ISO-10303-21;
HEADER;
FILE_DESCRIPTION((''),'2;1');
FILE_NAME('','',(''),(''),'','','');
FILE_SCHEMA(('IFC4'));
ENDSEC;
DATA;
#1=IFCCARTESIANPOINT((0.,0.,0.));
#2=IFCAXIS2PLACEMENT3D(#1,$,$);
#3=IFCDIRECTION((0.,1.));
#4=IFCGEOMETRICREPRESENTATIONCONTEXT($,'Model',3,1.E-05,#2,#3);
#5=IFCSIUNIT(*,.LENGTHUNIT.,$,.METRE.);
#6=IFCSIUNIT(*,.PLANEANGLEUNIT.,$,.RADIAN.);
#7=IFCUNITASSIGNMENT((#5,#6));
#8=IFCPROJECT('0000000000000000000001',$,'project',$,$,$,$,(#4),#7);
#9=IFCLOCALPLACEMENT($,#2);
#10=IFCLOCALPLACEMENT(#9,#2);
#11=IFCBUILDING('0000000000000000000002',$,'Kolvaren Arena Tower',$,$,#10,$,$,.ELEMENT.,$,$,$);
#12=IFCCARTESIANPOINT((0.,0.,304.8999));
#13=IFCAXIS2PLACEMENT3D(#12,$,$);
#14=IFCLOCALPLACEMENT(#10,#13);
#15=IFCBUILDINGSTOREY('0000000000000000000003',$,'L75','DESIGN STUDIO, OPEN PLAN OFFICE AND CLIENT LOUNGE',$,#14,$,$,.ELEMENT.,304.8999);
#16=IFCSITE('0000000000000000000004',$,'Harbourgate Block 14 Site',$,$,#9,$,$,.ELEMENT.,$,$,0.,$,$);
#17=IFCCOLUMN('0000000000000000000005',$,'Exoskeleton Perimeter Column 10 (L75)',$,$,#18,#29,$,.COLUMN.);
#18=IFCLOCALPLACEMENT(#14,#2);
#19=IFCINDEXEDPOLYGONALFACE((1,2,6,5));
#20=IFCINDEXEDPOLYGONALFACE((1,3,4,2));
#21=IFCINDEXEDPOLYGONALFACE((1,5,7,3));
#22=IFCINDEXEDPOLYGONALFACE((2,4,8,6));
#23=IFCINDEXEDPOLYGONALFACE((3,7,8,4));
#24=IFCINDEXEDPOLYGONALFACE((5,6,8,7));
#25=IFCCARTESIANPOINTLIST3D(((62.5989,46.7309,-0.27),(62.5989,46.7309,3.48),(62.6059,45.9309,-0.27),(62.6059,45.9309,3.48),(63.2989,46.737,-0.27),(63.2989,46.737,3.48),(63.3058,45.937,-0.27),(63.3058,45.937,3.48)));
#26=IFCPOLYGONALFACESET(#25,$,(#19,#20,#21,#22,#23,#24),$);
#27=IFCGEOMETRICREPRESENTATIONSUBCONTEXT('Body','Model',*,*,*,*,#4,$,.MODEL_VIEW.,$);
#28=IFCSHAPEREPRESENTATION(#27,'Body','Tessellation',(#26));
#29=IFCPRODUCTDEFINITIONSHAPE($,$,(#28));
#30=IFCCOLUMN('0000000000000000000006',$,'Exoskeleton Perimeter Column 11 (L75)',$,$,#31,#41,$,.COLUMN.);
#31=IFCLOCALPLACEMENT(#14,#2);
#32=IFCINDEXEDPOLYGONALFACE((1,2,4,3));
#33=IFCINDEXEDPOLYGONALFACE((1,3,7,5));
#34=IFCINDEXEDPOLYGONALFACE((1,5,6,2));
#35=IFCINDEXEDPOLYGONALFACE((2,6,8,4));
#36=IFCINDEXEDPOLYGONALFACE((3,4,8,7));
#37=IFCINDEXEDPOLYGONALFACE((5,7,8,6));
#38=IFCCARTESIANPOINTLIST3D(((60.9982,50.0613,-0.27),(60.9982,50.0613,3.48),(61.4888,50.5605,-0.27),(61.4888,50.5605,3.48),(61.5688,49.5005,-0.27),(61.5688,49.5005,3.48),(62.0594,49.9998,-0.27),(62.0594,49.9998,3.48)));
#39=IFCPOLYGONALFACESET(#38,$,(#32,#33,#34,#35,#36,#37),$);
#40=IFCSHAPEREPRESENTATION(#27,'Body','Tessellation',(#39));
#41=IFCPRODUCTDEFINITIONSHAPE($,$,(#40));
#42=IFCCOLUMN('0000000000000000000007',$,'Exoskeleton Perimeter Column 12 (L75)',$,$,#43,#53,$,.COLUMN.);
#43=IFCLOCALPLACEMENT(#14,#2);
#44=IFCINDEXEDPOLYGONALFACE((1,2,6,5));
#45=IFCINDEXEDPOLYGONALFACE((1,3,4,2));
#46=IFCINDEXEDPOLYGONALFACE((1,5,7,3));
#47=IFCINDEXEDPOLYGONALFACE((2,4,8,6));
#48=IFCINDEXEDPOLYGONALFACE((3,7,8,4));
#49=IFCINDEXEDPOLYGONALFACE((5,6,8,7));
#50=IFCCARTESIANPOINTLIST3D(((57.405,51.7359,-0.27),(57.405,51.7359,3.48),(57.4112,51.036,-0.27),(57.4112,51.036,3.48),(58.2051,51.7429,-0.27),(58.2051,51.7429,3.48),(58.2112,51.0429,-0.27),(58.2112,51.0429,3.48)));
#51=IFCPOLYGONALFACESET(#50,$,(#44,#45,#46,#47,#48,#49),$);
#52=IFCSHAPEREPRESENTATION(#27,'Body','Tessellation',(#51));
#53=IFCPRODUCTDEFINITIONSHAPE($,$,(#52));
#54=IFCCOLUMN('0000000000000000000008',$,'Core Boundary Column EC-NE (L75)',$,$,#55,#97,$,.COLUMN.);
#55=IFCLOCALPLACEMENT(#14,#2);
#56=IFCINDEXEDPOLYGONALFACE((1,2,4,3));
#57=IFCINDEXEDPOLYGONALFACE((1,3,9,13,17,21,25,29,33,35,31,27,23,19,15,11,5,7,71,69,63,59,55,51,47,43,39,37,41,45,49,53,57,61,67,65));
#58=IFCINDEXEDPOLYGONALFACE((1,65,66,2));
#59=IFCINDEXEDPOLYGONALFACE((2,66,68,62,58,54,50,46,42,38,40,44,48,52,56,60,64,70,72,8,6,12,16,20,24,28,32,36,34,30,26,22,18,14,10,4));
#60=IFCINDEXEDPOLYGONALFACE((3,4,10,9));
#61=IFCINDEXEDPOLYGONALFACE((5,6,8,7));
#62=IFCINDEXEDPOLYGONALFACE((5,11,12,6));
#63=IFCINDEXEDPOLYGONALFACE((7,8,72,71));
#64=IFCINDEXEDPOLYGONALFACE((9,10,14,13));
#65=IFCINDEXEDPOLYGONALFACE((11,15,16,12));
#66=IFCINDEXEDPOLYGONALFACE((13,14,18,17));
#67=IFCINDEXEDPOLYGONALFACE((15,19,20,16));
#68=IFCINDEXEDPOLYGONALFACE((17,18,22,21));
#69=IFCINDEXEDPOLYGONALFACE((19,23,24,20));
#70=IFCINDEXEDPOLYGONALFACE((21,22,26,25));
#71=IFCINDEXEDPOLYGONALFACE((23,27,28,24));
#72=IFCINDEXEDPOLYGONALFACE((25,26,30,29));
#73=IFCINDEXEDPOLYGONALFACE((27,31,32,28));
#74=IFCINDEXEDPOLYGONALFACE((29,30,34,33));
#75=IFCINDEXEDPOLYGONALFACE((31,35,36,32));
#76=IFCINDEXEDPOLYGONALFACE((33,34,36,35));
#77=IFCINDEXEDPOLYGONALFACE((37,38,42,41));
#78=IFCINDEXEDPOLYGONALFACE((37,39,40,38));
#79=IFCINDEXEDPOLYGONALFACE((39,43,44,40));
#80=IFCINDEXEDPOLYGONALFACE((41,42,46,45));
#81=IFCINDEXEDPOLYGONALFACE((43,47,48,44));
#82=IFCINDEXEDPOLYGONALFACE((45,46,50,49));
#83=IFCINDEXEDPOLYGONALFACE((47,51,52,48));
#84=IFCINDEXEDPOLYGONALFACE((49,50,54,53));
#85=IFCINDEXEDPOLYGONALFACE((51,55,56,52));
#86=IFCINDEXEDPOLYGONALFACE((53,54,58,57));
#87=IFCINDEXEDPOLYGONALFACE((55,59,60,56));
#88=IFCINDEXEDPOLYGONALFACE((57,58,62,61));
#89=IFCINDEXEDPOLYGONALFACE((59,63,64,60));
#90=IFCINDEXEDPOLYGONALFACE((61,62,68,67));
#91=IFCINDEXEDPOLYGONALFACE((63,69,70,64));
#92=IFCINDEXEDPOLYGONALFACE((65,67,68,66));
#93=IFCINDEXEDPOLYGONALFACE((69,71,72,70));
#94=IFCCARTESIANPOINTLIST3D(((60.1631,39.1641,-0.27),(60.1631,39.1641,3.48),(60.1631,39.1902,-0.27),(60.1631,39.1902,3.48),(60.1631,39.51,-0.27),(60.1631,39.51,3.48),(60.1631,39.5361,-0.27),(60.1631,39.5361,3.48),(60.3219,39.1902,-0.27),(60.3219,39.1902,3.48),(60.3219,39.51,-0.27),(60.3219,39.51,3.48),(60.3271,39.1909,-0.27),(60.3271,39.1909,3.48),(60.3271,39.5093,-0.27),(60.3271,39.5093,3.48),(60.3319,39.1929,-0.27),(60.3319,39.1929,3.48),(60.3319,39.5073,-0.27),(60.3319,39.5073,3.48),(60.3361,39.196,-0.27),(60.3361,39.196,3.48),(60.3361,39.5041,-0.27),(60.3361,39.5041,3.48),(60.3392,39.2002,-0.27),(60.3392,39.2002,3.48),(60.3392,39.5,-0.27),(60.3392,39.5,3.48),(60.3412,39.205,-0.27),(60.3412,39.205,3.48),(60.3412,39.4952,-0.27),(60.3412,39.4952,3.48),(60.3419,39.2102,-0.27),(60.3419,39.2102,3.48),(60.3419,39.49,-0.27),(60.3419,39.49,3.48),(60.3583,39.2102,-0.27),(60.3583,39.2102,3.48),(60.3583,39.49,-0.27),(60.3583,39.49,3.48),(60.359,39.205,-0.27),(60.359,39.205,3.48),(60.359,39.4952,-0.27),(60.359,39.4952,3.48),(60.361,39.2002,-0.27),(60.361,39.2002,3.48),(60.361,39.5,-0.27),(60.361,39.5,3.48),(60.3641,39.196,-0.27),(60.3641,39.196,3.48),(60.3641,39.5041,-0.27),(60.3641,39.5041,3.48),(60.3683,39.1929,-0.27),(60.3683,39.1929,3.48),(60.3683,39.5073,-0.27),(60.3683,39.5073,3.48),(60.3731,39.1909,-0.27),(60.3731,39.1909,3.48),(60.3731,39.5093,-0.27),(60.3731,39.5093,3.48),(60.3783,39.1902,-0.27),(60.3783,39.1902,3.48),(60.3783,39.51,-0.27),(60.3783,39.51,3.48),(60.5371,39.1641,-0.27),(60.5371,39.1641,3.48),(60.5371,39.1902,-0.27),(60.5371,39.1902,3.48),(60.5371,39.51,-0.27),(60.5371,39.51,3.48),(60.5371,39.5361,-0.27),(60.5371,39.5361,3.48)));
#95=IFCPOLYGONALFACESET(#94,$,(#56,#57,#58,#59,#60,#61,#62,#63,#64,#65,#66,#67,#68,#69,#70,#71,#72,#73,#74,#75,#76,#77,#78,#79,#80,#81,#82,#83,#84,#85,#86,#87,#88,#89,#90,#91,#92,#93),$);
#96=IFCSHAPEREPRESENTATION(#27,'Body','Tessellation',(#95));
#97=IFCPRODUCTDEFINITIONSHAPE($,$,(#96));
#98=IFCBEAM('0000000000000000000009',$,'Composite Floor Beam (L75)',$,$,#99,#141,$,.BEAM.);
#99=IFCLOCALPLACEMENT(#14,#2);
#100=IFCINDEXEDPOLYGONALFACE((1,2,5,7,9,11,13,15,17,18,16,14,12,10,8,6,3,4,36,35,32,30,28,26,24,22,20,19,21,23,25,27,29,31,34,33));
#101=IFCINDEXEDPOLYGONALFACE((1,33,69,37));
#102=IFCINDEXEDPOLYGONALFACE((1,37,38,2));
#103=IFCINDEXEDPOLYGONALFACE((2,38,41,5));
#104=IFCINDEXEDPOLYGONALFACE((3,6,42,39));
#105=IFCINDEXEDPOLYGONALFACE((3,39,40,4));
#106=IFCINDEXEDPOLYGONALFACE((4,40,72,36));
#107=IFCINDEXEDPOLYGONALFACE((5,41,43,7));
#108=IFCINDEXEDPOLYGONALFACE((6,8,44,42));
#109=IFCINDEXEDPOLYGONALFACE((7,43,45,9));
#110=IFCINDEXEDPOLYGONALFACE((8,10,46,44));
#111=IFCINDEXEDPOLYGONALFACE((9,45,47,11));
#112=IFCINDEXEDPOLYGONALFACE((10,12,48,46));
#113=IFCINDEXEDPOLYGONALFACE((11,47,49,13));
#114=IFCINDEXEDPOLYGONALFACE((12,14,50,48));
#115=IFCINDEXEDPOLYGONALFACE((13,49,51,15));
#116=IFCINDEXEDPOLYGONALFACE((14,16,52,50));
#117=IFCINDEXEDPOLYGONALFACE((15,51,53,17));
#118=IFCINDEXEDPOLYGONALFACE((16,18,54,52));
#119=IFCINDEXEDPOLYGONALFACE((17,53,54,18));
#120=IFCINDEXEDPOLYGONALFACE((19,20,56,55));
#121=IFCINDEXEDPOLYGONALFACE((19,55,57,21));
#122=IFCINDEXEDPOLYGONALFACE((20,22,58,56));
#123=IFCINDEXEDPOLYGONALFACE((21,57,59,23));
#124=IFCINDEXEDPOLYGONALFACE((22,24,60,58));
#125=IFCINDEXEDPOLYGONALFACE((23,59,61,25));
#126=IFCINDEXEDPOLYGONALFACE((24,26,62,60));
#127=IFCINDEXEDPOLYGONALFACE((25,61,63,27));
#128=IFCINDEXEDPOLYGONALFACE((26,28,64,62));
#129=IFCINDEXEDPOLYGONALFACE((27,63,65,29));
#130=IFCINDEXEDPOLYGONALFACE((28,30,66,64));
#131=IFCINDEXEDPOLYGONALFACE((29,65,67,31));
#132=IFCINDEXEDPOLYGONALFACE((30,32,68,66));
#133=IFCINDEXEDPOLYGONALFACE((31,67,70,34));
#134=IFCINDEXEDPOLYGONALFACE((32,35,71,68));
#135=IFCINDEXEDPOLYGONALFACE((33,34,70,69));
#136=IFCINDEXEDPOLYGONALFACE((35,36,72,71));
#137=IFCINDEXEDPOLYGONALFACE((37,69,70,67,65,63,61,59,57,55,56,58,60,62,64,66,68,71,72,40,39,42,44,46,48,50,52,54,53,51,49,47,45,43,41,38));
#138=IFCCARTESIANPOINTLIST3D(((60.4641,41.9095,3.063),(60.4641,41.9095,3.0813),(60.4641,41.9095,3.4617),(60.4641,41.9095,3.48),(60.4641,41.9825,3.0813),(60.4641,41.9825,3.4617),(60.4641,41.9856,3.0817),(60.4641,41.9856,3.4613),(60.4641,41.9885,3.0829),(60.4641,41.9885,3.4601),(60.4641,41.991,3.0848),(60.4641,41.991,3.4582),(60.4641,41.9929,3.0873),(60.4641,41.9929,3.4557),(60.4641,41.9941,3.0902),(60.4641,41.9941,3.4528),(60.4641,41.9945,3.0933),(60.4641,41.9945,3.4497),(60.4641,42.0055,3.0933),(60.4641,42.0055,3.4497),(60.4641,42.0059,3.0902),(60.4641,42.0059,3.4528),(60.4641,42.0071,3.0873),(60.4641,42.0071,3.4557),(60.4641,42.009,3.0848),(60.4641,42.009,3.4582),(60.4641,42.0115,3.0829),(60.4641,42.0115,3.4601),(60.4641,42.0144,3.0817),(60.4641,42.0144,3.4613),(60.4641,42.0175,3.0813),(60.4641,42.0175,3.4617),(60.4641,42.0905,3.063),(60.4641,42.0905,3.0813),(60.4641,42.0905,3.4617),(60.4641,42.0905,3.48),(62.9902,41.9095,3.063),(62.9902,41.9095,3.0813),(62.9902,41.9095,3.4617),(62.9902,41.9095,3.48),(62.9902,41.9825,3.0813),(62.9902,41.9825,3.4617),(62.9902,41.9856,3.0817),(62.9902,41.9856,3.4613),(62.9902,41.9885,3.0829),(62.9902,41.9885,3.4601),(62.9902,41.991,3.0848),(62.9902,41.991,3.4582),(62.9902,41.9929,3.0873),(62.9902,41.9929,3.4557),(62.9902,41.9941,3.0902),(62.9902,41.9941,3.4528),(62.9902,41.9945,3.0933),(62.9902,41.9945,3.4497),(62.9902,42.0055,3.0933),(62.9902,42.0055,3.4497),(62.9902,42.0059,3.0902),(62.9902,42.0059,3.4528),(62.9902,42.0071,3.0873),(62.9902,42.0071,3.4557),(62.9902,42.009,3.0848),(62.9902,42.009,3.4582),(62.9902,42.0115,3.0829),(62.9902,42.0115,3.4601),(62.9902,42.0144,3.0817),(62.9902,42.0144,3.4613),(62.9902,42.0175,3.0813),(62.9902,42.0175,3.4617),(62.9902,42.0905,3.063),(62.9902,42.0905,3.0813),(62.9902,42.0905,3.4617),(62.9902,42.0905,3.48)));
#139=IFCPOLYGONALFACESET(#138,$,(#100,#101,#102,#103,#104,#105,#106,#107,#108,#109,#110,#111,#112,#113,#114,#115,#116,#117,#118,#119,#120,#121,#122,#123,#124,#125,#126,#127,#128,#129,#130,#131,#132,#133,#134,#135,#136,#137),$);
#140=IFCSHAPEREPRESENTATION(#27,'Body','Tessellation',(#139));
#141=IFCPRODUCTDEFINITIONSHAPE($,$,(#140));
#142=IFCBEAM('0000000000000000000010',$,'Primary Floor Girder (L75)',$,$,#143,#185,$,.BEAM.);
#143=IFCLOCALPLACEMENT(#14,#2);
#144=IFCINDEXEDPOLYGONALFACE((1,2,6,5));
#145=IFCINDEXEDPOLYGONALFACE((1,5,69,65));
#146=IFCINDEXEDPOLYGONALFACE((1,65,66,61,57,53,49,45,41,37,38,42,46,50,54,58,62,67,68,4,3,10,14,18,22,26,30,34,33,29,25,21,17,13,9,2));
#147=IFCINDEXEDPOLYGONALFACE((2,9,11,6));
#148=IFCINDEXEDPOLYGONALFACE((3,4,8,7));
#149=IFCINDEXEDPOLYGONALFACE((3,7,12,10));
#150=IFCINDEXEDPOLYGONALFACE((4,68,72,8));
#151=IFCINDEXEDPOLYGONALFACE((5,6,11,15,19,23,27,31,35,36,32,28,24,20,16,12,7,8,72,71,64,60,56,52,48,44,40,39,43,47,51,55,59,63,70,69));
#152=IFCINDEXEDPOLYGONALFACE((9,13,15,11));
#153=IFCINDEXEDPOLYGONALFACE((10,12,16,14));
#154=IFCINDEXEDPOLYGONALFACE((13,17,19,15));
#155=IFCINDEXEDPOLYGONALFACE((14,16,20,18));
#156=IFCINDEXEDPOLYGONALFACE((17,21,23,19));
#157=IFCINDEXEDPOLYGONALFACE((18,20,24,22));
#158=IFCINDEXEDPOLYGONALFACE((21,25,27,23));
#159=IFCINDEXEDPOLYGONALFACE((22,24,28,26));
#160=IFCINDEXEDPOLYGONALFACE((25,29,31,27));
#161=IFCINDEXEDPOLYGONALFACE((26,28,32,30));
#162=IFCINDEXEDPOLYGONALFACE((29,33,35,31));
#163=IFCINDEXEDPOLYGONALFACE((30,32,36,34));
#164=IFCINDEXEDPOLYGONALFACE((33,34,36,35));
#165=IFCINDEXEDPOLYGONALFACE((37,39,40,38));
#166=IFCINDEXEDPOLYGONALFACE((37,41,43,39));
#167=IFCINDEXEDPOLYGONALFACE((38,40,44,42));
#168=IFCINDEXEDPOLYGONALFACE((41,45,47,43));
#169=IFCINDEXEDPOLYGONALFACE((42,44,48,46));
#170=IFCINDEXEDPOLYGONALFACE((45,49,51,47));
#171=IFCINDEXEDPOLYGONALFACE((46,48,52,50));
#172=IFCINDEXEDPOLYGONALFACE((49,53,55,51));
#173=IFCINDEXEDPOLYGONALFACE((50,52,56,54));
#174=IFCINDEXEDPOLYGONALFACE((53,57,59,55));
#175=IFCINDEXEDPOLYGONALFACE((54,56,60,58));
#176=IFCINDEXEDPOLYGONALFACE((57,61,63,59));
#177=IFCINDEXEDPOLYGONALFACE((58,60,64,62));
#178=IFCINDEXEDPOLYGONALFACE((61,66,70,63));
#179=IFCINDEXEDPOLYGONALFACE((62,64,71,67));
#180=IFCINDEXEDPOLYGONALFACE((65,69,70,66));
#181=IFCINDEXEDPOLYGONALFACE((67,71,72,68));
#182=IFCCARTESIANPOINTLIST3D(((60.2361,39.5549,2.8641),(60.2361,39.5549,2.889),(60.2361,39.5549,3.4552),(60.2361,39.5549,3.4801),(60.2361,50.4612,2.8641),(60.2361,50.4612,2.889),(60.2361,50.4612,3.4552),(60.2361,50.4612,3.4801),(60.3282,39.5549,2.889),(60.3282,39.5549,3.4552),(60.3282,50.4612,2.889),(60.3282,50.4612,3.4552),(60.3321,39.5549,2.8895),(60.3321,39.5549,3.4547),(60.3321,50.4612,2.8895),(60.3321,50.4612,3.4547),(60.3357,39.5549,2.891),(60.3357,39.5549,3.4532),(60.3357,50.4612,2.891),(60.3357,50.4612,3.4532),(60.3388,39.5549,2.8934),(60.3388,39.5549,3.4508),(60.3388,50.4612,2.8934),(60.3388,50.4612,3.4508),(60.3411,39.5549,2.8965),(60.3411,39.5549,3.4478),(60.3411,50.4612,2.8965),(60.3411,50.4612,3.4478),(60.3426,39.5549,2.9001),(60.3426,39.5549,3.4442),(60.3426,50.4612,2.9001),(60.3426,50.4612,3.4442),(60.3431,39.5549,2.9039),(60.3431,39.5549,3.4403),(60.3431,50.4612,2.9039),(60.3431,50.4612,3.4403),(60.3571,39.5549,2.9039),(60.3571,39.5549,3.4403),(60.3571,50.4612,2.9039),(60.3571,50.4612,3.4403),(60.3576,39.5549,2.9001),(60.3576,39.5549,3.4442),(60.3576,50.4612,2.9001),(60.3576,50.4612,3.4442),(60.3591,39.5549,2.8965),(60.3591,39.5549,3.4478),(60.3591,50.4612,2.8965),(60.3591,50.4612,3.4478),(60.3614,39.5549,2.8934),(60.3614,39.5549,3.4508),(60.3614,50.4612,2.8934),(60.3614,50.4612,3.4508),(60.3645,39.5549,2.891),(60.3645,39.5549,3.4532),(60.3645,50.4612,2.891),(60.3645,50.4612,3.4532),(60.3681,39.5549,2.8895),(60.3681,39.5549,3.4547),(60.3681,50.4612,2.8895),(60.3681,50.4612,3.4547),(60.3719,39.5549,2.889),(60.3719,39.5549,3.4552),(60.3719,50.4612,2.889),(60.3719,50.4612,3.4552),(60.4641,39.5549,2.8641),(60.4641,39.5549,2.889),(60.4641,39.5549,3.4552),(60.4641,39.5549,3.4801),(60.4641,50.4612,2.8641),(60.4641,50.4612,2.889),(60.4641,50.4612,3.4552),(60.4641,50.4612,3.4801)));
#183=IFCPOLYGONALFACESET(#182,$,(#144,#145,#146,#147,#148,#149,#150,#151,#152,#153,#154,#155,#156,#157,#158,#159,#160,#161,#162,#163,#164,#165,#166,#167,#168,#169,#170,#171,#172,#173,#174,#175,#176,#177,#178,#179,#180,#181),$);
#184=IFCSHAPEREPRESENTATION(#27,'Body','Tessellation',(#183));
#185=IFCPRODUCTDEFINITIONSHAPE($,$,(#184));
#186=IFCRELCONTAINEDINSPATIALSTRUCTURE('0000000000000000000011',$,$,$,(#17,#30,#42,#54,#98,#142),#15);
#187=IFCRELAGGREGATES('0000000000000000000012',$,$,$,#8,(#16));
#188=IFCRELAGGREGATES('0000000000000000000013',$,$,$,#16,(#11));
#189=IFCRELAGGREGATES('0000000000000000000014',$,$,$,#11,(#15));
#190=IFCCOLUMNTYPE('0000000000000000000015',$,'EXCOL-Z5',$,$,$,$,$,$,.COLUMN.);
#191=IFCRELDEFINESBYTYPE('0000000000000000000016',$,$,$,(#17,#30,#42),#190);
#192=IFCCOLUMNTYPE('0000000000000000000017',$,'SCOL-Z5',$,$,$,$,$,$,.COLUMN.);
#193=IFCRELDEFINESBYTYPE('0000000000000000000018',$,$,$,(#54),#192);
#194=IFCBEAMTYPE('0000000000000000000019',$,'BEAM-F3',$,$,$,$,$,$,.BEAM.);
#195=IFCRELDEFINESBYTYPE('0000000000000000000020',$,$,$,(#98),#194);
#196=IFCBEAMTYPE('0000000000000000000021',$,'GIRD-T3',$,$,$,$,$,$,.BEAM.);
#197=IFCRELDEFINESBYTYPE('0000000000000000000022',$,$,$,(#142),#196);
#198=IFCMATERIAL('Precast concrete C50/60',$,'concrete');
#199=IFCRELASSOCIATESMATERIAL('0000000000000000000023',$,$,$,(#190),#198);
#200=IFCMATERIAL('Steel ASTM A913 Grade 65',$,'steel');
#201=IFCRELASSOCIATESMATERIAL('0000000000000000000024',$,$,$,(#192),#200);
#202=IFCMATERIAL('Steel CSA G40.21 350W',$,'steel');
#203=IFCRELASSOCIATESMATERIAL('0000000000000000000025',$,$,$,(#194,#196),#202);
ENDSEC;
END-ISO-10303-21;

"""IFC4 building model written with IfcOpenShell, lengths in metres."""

from ifc_helpers import new_model, si_unit, direction, frame, origin, origin_2d, place, context, subcontext, project, spatial, rectangle, i_section, extrude, material, material_profile, profile_set, type_object, element, save


model = new_model("IFC4")

# Units and contexts
model_context = context("Model", 3, precision=1e-05, world=origin(), true_north=direction((0.0, 1.0)))
body_context = subcontext(model_context, "Body", "Model", "MODEL_VIEW")
ifc_project = project(units=[si_unit("LENGTHUNIT", "METRE"), si_unit("PLANEANGLEUNIT", "RADIAN")], contexts=[model_context])

# Site, building, storey
site_placement = place(None, origin())
site = spatial("IfcSite", under=ifc_project, at=site_placement, Name="Harbourgate Block 14 Site", CompositionType="ELEMENT", RefElevation=0.0)
building_placement = place(site_placement, origin())
building = spatial("IfcBuilding", under=site, at=building_placement, Name="Kolvaren Arena Tower", CompositionType="ELEMENT")
storey_placement = place(building_placement, frame((0.0, 0.0, 304.8999)))
storey = spatial("IfcBuildingStorey", under=building, at=storey_placement, Name="L75", Description="DESIGN STUDIO, OPEN PLAN OFFICE AND CLIENT LOUNGE", CompositionType="ELEMENT", Elevation=304.8999)

# Columns
ifc_material_1 = material(Name="Precast concrete C50/60", Category="concrete")
ifc_material_profile_1 = material_profile(ifc_material_1, rectangle(XDim=0.8, YDim=0.7, at=origin_2d()), Name="RC-800x700")
ifc_profile_set_1 = profile_set([ifc_material_profile_1], Name="Precast concrete C50/60")
column_type_1 = type_object("IfcColumnType", Name="EXCOL-Z5", PredefinedType="COLUMN", material=ifc_profile_set_1)
for number, where, z_axis, x_axis, name in (
    (1, (62.9524, 46.334, -0.27), (0.0, 0.0, 1.0), (-0.008727, 0.999962, 0.0), "Exoskeleton Perimeter Column 10 (L75)"),
    (2, (61.5288, 50.0305, -0.27), (0.0, 0.0, 1.0), (-0.71325, 0.700909, 0.0), "Exoskeleton Perimeter Column 11 (L75)"),
    (3, (57.8081, 51.3894, -0.27), (0.0, 0.0, 1.0), (0.999962, 0.008727, 0.0), "Exoskeleton Perimeter Column 12 (L75)"),
):
    element("IfcColumn", number, at=place(storey_placement, frame(where, z_axis=z_axis, x_axis=x_axis)), inside=storey, type_object=column_type_1, Name=name, PredefinedType="COLUMN", context=body_context, shape_type="SweptSolid", body=[
        extrude(rectangle(XDim=0.8, YDim=0.7, at=origin_2d()), origin(), (0.0, 0.0, 1.0), 3.75),
    ])
ifc_material_2 = material(Name="Steel ASTM A913 Grade 65", Category="steel")
ifc_material_profile_2 = material_profile(ifc_material_2, i_section(OverallWidth=0.374, OverallDepth=0.3721, WebThickness=0.0164, FlangeThickness=0.0261, FilletRadius=0.02, at=origin_2d()), Name="W360x196")
ifc_profile_set_2 = profile_set([ifc_material_profile_2], Name="Steel ASTM A913 Grade 65")
column_type_2 = type_object("IfcColumnType", Name="SCOL-Z5", PredefinedType="COLUMN", material=ifc_profile_set_2)
column_placement = place(storey_placement, frame((60.3501, 39.3501, -0.27), z_axis=(0.0, 0.0, 1.0), x_axis=(1.0, 0.0, 0.0)))
element("IfcColumn", 4, at=column_placement, inside=storey, type_object=column_type_2, Name="Core Boundary Column EC-NE (L75)", PredefinedType="COLUMN", context=body_context, shape_type="SweptSolid", body=[
    extrude(i_section(OverallWidth=0.374, OverallDepth=0.3721, WebThickness=0.0164, FlangeThickness=0.0261, FilletRadius=0.02, at=origin_2d()), origin(), (0.0, 0.0, 1.0), 3.75),
])

# Beams
ifc_material_3 = material(Name="Steel CSA G40.21 350W", Category="steel")
ifc_material_profile_3 = material_profile(ifc_material_3, i_section(OverallWidth=0.1809, OverallDepth=0.417, WebThickness=0.011, FlangeThickness=0.0183, FilletRadius=0.012, at=origin_2d()), Name="W410x85")
ifc_profile_set_3 = profile_set([ifc_material_profile_3], Name="Steel CSA G40.21 350W")
beam_type_1 = type_object("IfcBeamType", Name="BEAM-F3", PredefinedType="BEAM", material=ifc_profile_set_3)
beam_1_placement = place(storey_placement, frame((60.4641, 42.0, 3.2715), z_axis=(1.0, 0.0, 0.0), x_axis=(0.0, 1.0, 0.0)))
element("IfcBeam", 5, at=beam_1_placement, inside=storey, type_object=beam_type_1, Name="Composite Floor Beam (L75)", PredefinedType="BEAM", context=body_context, shape_type="SweptSolid", body=[
    extrude(i_section(OverallWidth=0.1809, OverallDepth=0.417, WebThickness=0.011, FlangeThickness=0.0183, FilletRadius=0.012, at=origin_2d()), origin(), (0.0, 0.0, 1.0), 2.5261),
])
ifc_material_profile_4 = material_profile(ifc_material_3, i_section(OverallWidth=0.228, OverallDepth=0.616, WebThickness=0.0139, FlangeThickness=0.0249, FilletRadius=0.0149, at=origin_2d()), Name="W610x174")
ifc_profile_set_4 = profile_set([ifc_material_profile_4], Name="Steel CSA G40.21 350W")
beam_type_2 = type_object("IfcBeamType", Name="GIRD-T3", PredefinedType="BEAM", material=ifc_profile_set_4)
beam_2_placement = place(storey_placement, frame((60.3501, 39.5549, 3.1721), z_axis=(0.0, 1.0, 0.0), x_axis=(-1.0, 0.0, 0.0)))
element("IfcBeam", 6, at=beam_2_placement, inside=storey, type_object=beam_type_2, Name="Primary Floor Girder (L75)", PredefinedType="BEAM", context=body_context, shape_type="SweptSolid", body=[
    extrude(i_section(OverallWidth=0.228, OverallDepth=0.616, WebThickness=0.0139, FlangeThickness=0.0249, FilletRadius=0.0149, at=origin_2d()), origin(), (0.0, 0.0, 1.0), 10.9062),
])

save(model, "model.ifc")
